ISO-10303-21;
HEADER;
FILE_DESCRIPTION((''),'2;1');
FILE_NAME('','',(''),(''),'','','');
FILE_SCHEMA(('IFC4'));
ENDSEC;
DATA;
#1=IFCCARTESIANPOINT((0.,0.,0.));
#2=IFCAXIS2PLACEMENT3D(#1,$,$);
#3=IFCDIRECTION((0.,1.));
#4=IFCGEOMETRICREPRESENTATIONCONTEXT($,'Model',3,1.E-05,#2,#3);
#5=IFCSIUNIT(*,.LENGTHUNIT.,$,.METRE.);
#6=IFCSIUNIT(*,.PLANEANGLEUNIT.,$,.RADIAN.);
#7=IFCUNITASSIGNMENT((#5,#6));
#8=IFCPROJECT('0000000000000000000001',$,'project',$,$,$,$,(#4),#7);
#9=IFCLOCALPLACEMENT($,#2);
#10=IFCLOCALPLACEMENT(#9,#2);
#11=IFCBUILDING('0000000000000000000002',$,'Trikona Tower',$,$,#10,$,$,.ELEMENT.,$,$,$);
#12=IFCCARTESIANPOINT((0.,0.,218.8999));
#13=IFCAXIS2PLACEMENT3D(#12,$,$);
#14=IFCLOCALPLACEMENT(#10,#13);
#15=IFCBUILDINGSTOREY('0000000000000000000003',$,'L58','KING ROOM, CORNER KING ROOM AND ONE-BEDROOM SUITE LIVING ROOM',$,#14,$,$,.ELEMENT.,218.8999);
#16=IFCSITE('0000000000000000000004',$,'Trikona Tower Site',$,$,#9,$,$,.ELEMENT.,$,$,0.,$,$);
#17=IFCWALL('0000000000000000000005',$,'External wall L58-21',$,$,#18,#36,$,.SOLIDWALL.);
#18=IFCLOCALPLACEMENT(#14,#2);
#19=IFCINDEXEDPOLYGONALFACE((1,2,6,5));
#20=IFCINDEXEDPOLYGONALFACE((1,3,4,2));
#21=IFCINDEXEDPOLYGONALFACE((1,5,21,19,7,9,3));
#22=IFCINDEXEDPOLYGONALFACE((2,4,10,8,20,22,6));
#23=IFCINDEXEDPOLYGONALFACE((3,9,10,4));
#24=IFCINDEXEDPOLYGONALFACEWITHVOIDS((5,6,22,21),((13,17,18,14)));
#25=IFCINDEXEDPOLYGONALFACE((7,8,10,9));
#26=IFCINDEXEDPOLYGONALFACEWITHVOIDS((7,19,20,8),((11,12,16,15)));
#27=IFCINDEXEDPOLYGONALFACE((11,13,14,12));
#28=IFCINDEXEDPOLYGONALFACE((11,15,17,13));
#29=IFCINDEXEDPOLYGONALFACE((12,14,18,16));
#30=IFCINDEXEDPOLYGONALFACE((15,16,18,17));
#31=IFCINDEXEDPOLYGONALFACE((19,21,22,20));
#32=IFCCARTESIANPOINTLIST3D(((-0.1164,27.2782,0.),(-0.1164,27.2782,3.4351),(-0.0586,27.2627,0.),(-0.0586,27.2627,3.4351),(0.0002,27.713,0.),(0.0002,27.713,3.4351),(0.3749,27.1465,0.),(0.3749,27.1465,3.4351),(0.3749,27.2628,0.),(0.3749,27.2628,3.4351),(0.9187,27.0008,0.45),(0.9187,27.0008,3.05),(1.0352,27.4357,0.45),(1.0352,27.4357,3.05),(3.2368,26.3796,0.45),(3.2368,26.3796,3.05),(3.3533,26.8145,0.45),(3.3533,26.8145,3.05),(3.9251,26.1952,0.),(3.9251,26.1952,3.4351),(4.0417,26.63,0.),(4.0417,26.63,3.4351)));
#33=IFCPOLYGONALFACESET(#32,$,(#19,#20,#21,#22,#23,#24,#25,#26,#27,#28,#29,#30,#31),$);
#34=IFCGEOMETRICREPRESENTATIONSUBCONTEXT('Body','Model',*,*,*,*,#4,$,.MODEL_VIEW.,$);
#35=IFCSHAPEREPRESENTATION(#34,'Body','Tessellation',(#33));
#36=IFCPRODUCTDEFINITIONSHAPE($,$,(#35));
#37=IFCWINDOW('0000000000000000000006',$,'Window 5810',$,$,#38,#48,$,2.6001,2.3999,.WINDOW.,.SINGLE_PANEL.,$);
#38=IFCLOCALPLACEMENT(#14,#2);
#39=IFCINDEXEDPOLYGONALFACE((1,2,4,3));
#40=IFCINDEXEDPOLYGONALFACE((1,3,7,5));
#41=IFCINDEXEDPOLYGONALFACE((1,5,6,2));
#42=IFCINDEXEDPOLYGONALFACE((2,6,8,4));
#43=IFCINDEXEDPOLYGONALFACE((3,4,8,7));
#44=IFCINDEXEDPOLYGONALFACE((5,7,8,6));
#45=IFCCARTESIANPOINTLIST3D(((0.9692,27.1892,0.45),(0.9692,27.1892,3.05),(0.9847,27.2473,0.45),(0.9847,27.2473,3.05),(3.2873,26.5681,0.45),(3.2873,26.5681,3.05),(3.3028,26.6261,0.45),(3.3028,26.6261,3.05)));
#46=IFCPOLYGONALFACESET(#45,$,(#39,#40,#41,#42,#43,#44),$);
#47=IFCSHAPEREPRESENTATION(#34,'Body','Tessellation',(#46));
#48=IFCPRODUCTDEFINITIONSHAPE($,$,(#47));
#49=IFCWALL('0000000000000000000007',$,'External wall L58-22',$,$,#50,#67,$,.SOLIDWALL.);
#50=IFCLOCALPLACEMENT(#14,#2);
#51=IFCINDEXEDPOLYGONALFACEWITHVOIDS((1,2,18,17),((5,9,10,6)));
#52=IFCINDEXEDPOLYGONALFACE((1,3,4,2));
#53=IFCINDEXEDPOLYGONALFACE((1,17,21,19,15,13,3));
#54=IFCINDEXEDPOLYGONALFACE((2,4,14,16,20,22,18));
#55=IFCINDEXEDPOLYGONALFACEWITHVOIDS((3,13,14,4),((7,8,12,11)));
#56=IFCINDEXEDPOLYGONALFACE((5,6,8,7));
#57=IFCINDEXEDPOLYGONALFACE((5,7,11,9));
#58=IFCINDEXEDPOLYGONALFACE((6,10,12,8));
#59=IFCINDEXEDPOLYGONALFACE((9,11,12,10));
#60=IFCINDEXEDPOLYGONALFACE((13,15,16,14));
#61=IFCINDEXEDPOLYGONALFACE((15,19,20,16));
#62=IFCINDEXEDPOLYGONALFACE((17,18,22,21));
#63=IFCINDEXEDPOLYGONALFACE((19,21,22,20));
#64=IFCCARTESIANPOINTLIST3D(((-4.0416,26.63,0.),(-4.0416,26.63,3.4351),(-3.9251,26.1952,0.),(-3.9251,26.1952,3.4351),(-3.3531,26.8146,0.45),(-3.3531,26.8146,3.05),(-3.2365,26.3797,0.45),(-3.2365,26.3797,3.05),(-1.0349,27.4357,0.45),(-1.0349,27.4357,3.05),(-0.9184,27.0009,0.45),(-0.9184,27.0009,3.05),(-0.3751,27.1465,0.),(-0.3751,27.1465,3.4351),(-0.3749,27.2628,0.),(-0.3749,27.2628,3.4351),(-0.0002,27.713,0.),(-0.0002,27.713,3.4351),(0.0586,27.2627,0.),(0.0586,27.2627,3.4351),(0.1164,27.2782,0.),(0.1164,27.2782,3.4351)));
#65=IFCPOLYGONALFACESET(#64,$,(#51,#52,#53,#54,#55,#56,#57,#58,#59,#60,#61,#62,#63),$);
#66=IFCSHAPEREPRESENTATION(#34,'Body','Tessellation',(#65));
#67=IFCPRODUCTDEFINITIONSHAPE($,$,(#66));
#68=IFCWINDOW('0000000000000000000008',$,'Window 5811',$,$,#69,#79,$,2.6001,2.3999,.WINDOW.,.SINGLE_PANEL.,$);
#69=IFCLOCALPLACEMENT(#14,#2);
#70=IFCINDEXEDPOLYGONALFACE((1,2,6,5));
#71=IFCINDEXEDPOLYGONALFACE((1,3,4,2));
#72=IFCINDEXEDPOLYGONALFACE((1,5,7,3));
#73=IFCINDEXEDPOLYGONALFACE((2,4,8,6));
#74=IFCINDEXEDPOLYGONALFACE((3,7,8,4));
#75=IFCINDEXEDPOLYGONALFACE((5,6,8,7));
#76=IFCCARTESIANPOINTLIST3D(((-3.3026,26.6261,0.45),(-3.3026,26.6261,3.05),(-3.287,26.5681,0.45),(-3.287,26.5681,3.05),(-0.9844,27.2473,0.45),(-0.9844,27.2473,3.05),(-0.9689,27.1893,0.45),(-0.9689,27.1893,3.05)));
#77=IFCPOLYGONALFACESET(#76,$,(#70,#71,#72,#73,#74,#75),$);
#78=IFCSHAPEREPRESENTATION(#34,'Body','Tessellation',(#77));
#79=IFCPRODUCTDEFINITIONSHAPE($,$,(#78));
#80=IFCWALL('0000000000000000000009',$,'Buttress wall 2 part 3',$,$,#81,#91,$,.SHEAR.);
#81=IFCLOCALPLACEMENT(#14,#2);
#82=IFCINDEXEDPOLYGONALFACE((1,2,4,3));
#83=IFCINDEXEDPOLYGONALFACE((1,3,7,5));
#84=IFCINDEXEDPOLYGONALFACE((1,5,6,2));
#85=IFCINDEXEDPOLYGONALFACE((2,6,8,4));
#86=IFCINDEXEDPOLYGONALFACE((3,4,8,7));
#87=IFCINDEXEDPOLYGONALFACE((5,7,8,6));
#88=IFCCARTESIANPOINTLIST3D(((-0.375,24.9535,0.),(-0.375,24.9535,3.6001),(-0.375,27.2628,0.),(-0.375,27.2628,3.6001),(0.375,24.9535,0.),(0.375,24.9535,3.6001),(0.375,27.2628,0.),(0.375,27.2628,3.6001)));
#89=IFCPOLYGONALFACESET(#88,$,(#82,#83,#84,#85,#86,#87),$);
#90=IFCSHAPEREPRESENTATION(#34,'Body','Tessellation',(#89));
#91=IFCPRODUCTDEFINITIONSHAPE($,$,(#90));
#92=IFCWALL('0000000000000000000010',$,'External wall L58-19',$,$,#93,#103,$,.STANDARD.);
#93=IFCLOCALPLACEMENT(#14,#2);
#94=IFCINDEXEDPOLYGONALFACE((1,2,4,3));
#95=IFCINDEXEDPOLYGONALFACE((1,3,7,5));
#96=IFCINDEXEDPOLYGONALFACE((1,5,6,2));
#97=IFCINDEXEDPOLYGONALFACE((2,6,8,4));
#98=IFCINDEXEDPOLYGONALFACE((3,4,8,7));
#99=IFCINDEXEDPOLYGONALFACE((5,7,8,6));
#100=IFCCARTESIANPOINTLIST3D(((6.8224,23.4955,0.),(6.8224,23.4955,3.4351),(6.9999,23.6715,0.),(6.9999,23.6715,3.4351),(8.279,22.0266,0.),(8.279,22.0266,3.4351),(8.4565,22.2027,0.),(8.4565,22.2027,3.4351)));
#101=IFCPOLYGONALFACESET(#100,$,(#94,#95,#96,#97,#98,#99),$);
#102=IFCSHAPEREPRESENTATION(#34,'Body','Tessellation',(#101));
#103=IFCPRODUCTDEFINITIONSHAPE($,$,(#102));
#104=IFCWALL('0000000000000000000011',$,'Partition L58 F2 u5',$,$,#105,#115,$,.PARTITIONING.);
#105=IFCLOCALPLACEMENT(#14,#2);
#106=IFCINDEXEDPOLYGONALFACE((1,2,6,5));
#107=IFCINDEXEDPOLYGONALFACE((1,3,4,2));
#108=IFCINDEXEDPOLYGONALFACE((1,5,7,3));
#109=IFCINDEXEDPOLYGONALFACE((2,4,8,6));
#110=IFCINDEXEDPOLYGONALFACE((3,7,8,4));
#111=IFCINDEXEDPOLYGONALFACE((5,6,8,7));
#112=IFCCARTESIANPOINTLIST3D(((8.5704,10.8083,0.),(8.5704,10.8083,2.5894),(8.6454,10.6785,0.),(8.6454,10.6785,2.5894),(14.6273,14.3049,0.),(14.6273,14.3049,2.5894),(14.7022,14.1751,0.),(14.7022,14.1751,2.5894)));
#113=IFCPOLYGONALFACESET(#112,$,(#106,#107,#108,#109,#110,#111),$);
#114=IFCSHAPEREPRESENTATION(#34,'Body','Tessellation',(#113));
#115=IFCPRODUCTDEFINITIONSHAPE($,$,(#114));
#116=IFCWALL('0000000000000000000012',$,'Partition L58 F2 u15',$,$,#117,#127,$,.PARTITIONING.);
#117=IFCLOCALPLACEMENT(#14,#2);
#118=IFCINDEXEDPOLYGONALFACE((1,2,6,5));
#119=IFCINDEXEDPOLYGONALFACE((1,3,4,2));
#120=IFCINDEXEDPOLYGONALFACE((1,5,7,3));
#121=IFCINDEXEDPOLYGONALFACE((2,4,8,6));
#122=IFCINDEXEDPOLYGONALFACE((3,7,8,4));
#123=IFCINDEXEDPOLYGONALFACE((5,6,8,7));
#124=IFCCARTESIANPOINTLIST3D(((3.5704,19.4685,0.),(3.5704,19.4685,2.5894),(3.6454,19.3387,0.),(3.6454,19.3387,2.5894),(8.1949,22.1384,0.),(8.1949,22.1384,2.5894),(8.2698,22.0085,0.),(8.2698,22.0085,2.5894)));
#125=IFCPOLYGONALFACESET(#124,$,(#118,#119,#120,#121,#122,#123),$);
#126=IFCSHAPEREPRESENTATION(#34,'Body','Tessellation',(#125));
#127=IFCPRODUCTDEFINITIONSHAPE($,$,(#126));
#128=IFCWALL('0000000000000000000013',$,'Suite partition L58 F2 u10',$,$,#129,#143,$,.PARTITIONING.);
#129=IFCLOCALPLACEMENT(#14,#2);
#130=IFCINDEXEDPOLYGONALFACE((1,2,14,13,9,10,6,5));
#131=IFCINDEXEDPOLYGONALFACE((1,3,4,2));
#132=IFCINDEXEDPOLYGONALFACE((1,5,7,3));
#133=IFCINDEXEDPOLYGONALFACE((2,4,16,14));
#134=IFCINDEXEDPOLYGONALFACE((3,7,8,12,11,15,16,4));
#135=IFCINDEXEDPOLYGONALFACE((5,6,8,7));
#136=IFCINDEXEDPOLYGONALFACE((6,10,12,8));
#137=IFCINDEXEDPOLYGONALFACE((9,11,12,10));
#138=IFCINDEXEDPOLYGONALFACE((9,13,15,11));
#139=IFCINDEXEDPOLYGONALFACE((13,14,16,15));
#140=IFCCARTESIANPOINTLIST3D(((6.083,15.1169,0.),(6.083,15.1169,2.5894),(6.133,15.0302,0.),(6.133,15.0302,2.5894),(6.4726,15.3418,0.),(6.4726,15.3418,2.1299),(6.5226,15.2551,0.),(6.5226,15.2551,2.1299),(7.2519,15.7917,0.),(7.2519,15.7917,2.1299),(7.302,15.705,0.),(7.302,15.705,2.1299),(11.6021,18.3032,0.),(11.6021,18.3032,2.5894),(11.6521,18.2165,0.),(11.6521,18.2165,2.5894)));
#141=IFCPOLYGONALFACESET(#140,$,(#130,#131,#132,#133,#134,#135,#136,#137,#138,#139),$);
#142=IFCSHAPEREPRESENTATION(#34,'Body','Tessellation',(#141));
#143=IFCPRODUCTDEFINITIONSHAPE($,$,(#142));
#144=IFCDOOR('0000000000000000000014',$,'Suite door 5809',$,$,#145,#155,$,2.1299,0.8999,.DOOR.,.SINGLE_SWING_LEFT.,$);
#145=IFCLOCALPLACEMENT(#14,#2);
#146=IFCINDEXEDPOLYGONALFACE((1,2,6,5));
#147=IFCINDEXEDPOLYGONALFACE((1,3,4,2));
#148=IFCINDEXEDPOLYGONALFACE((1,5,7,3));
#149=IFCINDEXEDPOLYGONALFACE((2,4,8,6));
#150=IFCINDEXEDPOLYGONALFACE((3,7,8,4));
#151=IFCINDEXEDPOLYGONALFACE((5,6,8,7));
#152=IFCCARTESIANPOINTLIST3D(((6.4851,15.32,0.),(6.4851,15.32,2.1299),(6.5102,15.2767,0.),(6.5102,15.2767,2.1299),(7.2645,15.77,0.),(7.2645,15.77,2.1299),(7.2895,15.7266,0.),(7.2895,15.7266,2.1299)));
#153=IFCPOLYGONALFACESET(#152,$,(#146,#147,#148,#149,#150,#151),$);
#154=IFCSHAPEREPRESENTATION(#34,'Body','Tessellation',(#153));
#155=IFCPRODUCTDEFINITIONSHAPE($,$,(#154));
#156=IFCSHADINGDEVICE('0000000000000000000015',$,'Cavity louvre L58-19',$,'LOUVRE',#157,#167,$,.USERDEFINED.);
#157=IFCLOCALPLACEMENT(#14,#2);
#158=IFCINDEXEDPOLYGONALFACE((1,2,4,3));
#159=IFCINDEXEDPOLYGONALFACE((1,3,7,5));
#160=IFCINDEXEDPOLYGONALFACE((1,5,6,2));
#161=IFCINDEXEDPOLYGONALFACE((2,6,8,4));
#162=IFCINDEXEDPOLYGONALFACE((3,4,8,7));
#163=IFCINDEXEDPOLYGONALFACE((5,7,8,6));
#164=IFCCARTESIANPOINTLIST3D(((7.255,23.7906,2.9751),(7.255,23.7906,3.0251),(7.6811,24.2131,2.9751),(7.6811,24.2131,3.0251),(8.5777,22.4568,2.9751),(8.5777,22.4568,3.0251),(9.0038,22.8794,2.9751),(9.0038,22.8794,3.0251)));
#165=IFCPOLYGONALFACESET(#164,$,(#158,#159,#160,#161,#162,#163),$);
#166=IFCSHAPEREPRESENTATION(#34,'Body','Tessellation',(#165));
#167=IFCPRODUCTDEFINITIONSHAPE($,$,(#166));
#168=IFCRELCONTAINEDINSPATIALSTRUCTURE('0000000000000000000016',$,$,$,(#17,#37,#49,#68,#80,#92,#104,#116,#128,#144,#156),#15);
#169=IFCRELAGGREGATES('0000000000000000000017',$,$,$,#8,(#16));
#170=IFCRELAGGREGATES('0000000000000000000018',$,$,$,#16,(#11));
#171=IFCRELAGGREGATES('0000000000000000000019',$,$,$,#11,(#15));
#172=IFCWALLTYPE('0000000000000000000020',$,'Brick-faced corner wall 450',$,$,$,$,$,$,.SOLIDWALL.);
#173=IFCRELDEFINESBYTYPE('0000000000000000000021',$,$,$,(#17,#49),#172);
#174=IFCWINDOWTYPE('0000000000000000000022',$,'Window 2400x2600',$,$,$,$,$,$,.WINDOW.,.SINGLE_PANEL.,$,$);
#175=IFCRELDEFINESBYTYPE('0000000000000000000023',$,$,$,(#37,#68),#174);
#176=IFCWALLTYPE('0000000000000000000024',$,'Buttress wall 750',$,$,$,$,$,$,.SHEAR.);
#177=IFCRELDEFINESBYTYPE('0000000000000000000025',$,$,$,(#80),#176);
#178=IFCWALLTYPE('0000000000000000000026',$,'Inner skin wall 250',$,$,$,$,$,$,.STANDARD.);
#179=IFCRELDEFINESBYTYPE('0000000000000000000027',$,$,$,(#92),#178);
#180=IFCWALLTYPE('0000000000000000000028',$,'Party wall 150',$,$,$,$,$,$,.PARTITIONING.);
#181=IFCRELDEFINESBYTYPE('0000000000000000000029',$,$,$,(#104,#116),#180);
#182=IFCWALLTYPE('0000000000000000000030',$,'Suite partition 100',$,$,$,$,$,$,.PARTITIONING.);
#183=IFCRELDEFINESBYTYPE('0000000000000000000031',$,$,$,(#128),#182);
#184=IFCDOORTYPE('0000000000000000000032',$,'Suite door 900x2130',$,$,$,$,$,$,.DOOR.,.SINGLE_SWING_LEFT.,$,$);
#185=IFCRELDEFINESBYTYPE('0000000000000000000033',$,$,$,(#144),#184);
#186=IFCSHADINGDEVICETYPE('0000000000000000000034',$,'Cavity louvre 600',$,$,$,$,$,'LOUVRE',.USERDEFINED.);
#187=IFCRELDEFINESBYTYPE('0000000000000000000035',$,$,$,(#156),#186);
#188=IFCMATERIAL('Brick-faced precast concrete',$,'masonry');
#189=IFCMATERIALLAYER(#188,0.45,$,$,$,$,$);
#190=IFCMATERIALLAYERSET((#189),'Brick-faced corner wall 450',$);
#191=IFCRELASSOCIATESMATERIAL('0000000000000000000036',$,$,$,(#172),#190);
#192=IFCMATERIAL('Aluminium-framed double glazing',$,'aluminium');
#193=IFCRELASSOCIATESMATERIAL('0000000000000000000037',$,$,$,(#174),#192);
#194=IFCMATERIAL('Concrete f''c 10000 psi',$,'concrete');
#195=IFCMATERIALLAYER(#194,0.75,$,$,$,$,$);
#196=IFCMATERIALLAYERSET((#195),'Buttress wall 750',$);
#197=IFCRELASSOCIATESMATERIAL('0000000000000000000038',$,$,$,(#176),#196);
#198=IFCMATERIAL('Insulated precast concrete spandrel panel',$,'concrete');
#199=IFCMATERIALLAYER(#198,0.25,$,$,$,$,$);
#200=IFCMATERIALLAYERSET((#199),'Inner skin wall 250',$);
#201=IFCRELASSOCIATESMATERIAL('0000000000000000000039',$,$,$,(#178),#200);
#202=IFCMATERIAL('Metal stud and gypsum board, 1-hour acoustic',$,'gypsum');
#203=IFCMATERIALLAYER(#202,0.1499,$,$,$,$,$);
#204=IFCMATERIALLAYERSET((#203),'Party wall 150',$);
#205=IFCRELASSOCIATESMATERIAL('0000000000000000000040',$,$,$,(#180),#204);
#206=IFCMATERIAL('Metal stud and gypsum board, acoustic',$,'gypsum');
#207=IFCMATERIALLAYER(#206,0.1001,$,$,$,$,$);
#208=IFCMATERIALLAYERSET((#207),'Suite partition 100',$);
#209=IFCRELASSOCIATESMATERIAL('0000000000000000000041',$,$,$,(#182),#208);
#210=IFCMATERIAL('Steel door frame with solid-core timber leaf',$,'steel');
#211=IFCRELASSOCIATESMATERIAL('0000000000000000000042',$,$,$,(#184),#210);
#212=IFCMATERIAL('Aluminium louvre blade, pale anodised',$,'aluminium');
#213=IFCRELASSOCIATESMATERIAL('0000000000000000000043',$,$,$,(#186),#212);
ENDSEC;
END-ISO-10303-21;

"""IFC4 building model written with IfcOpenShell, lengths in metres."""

from ifc_helpers import new_model, si_unit, direction, frame, frame_2d, origin, origin_2d, place, context, subcontext, project, spatial, polyline, rectangle, outline, extrude, material, layer, layer_set, type_object, element, fill, save


model = new_model("IFC4")

# Units and contexts
model_context = context("Model", 3, precision=1e-05, world=origin(), true_north=direction((0.0, 1.0)))
body_context = subcontext(model_context, "Body", "Model", "MODEL_VIEW")
ifc_project = project(units=[si_unit("LENGTHUNIT", "METRE"), si_unit("PLANEANGLEUNIT", "RADIAN")], contexts=[model_context])

# Site, building, storey
site_placement = place(None, origin())
site = spatial("IfcSite", under=ifc_project, at=site_placement, Name="Trikona Tower Site", CompositionType="ELEMENT", RefElevation=0.0)
building_placement = place(site_placement, origin())
building = spatial("IfcBuilding", under=site, at=building_placement, Name="Trikona Tower", CompositionType="ELEMENT")
storey_placement = place(building_placement, frame((0.0, 0.0, 218.8999)))
storey = spatial("IfcBuildingStorey", under=building, at=storey_placement, Name="L58", Description="KING ROOM, CORNER KING ROOM AND ONE-BEDROOM SUITE LIVING ROOM", CompositionType="ELEMENT", Elevation=218.8999)

# Walls, openings, windows
ifc_material_1 = material(Name="Brick-faced precast concrete", Category="masonry")
ifc_layer_1 = layer(ifc_material_1, 0.45)
ifc_layer_set_1 = layer_set([ifc_layer_1], Name="Brick-faced corner wall 450")
wall_type_1 = type_object("IfcWallType", Name="Brick-faced corner wall 450", PredefinedType="SOLIDWALL", material=ifc_layer_set_1)
wall_1_placement = place(storey_placement, frame((3.9834, 26.4126, 0.0), z_axis=(0.0, 0.0, 1.0), x_axis=(-0.96592, 0.258839, 0.0)))
wall_1 = element("IfcWall", 1, at=wall_1_placement, inside=storey, type_object=wall_type_1, Name="External wall L58-21", PredefinedType="SOLIDWALL", context=body_context, shape_type="SweptSolid", body=[
    extrude(outline(polyline([(4.1841, 0.2251), (4.1243, 0.2251), (3.7056, 0.1128), (3.6755, 0.2251), (0.0, 0.2251), (0.0, -0.2251), (4.1841, -0.2251), (4.1841, 0.2251)])), origin(), (0.0, 0.0, 1.0), 3.4351),
])
opening_1_placement = place(wall_1_placement, frame((0.7126, 0.0, 0.45)))
opening_1 = element("IfcOpeningElement", 2, at=opening_1_placement, cuts=wall_1, PredefinedType="OPENING", context=body_context, shape_type="SweptSolid", body=[
    extrude(rectangle(XDim=2.3999, YDim=2.6001, at=frame_2d((1.2, 1.3))), frame((0.0, 0.2349, 0.0), z_axis=(0.0, -1.0, 0.0), x_axis=(1.0, 0.0, 0.0)), (0.0, 0.0, 1.0), 0.47),
])
ifc_material_2 = material(Name="Aluminium-framed double glazing", Category="aluminium")
window_type_1 = type_object("IfcWindowType", Name="Window 2400x2600", PartitioningType="SINGLE_PANEL", PredefinedType="WINDOW", material=ifc_material_2)
window_1_placement = place(opening_1_placement, origin())
window_1 = element("IfcWindow", 3, at=window_1_placement, inside=storey, type_object=window_type_1, Name="Window 5810", OverallHeight=2.6001, OverallWidth=2.3999, PartitioningType="SINGLE_PANEL", PredefinedType="WINDOW", context=body_context, shape_type="SweptSolid", body=[
    extrude(rectangle(XDim=2.3999, YDim=2.6001, at=frame_2d((1.2, 1.3))), frame((0.0, 0.03, 0.0), z_axis=(0.0, -1.0, 0.0), x_axis=(1.0, 0.0, 0.0)), (0.0, 0.0, 1.0), 0.0601),
])
fill(opening_1, window_1)
wall_2_placement = place(storey_placement, frame((0.0581, 27.4956, 0.0), z_axis=(0.0, 0.0, 1.0), x_axis=(-0.96592, -0.258839, 0.0)))
wall_2 = element("IfcWall", 4, at=wall_2_placement, inside=storey, type_object=wall_type_1, Name="External wall L58-22", PredefinedType="SOLIDWALL", context=body_context, shape_type="SweptSolid", body=[
    extrude(outline(polyline([(4.1841, 0.2251), (0.5088, 0.2251), (0.4785, 0.1128), (0.0598, 0.2251), (0.0, 0.2251), (0.0, -0.2251), (4.1841, -0.2251), (4.1841, 0.2251)])), origin(), (0.0, 0.0, 1.0), 3.4351),
])
opening_2_placement = place(wall_2_placement, frame((1.0713, 0.0, 0.45)))
opening_2 = element("IfcOpeningElement", 5, at=opening_2_placement, cuts=wall_2, PredefinedType="OPENING", context=body_context, shape_type="SweptSolid", body=[
    extrude(rectangle(XDim=2.3999, YDim=2.6001, at=frame_2d((1.2, 1.3))), frame((0.0, 0.2349, 0.0), z_axis=(0.0, -1.0, 0.0), x_axis=(1.0, 0.0, 0.0)), (0.0, 0.0, 1.0), 0.47),
])
window_2_placement = place(opening_2_placement, origin())
window_2 = element("IfcWindow", 6, at=window_2_placement, inside=storey, type_object=window_type_1, Name="Window 5811", OverallHeight=2.6001, OverallWidth=2.3999, PartitioningType="SINGLE_PANEL", PredefinedType="WINDOW", context=body_context, shape_type="SweptSolid", body=[
    extrude(rectangle(XDim=2.3999, YDim=2.6001, at=frame_2d((1.2, 1.3))), frame((0.0, 0.03, 0.0), z_axis=(0.0, -1.0, 0.0), x_axis=(1.0, 0.0, 0.0)), (0.0, 0.0, 1.0), 0.0601),
])
fill(opening_2, window_2)

# Walls
ifc_material_3 = material(Name="Concrete f'c 10000 psi", Category="concrete")
ifc_layer_2 = layer(ifc_material_3, 0.75)
ifc_layer_set_2 = layer_set([ifc_layer_2], Name="Buttress wall 750")
wall_type_2 = type_object("IfcWallType", Name="Buttress wall 750", PredefinedType="SHEAR", material=ifc_layer_set_2)
wall_3_placement = place(storey_placement, frame((0.0, 24.9534, 0.0), z_axis=(0.0, 0.0, 1.0), x_axis=(0.0, 1.0, 0.0)))
element("IfcWall", 7, at=wall_3_placement, inside=storey, type_object=wall_type_2, Name="Buttress wall 2 part 3", PredefinedType="SHEAR", context=body_context, shape_type="SweptSolid", body=[
    extrude(rectangle(XDim=2.3093, YDim=0.75, at=frame_2d((1.1548, 0.0))), origin(), (0.0, 0.0, 1.0), 3.6001),
])
ifc_material_4 = material(Name="Insulated precast concrete spandrel panel", Category="concrete")
ifc_layer_3 = layer(ifc_material_4, 0.25)
ifc_layer_set_3 = layer_set([ifc_layer_3], Name="Inner skin wall 250")
wall_type_3 = type_object("IfcWallType", Name="Inner skin wall 250", PredefinedType="STANDARD", material=ifc_layer_set_3)
wall_4_placement = place(storey_placement, frame((8.3677, 22.1147, 0.0), z_axis=(0.0, 0.0, 1.0), x_axis=(-0.70415, 0.710051, 0.0)))
element("IfcWall", 8, at=wall_4_placement, inside=storey, type_object=wall_type_3, Name="External wall L58-19", PredefinedType="STANDARD", context=body_context, shape_type="SweptSolid", body=[
    extrude(rectangle(XDim=2.0686, YDim=0.25, at=frame_2d((1.0342, 0.0))), origin(), (0.0, 0.0, 1.0), 3.4351),
])
ifc_material_5 = material(Name="Metal stud and gypsum board, 1-hour acoustic", Category="gypsum")
ifc_layer_4 = layer(ifc_material_5, 0.1499)
ifc_layer_set_4 = layer_set([ifc_layer_4], Name="Party wall 150")
wall_type_4 = type_object("IfcWallType", Name="Party wall 150", PredefinedType="PARTITIONING", material=ifc_layer_set_4)
wall_5_placement = place(storey_placement, frame((8.6079, 10.7434, 0.0), z_axis=(0.0, 0.0, 1.0), x_axis=(0.866048, 0.499961, 0.0)))
element("IfcWall", 9, at=wall_5_placement, inside=storey, type_object=wall_type_4, Name="Partition L58 F2 u5", PredefinedType="PARTITIONING", context=body_context, shape_type="SweptSolid", body=[
    extrude(rectangle(XDim=6.9937, YDim=0.1499, at=frame_2d((3.4968, 0.0))), origin(), (0.0, 0.0, 1.0), 2.5894),
])
wall_6_placement = place(storey_placement, frame((3.6079, 19.4036, 0.0), z_axis=(0.0, 0.0, 1.0), x_axis=(0.866029, 0.499994, 0.0)))
element("IfcWall", 10, at=wall_6_placement, inside=storey, type_object=wall_type_4, Name="Partition L58 F2 u15", PredefinedType="PARTITIONING", context=body_context, shape_type="SweptSolid", body=[
    extrude(rectangle(XDim=5.3398, YDim=0.1499, at=frame_2d((2.6699, 0.0))), origin(), (0.0, 0.0, 1.0), 2.5894),
])

# Wall, opening, door
ifc_material_6 = material(Name="Metal stud and gypsum board, acoustic", Category="gypsum")
ifc_layer_5 = layer(ifc_material_6, 0.1001)
ifc_layer_set_5 = layer_set([ifc_layer_5], Name="Suite partition 100")
wall_type_5 = type_object("IfcWallType", Name="Suite partition 100", PredefinedType="PARTITIONING", material=ifc_layer_set_5)
wall_7_placement = place(storey_placement, frame((6.1079, 15.0735, 0.0), z_axis=(0.0, 0.0, 1.0), x_axis=(0.866035, 0.499983, 0.0)))
wall_7 = element("IfcWall", 11, at=wall_7_placement, inside=storey, type_object=wall_type_5, Name="Suite partition L58 F2 u10", PredefinedType="PARTITIONING", context=body_context, shape_type="SweptSolid", body=[
    extrude(rectangle(XDim=6.3728, YDim=0.1001, at=frame_2d((3.1865, 0.0))), origin(), (0.0, 0.0, 1.0), 2.5894),
])
opening_3_placement = place(wall_7_placement, frame((0.45, 0.0, 0.0)))
opening_3 = element("IfcOpeningElement", 12, at=opening_3_placement, cuts=wall_7, PredefinedType="OPENING", context=body_context, shape_type="SweptSolid", body=[
    extrude(rectangle(XDim=0.8999, YDim=2.1299, at=frame_2d((0.45, 1.0649))), frame((0.0, 0.0601, 0.0), z_axis=(0.0, -1.0, 0.0), x_axis=(1.0, 0.0, 0.0)), (0.0, 0.0, 1.0), 0.1201),
])
ifc_material_7 = material(Name="Steel door frame with solid-core timber leaf", Category="steel")
door_type_1 = type_object("IfcDoorType", Name="Suite door 900x2130", OperationType="SINGLE_SWING_LEFT", PredefinedType="DOOR", material=ifc_material_7)
door_1_placement = place(opening_3_placement, origin())
door_1 = element("IfcDoor", 13, at=door_1_placement, inside=storey, type_object=door_type_1, Name="Suite door 5809", OperationType="SINGLE_SWING_LEFT", OverallHeight=2.1299, OverallWidth=0.8999, PredefinedType="DOOR", context=body_context, shape_type="SweptSolid", body=[
    extrude(rectangle(XDim=0.8999, YDim=2.1299, at=frame_2d((0.45, 1.0649))), frame((0.0, 0.0249, 0.0), z_axis=(0.0, -1.0, 0.0), x_axis=(1.0, 0.0, 0.0)), (0.0, 0.0, 1.0), 0.05),
])
fill(opening_3, door_1)

# Shading device
ifc_material_8 = material(Name="Aluminium louvre blade, pale anodised", Category="aluminium")
shading_device_type = type_object("IfcShadingDeviceType", Name="Cavity louvre 600", ElementType="LOUVRE", PredefinedType="USERDEFINED", material=ifc_material_8)
shading_device_placement = place(storey_placement, frame((8.1294, 23.335, 2.9751), z_axis=(0.0, 0.0, 1.0), x_axis=(-0.704151, 0.71005, 0.0)))
element("IfcShadingDevice", 14, at=shading_device_placement, inside=storey, type_object=shading_device_type, Name="Cavity louvre L58-19", ObjectType="LOUVRE", PredefinedType="USERDEFINED", context=body_context, shape_type="SweptSolid", body=[
    extrude(rectangle(XDim=1.8784, YDim=0.6001, at=origin_2d()), origin(), (0.0, 0.0, 1.0), 0.05),
])

save(model, "model.ifc")
